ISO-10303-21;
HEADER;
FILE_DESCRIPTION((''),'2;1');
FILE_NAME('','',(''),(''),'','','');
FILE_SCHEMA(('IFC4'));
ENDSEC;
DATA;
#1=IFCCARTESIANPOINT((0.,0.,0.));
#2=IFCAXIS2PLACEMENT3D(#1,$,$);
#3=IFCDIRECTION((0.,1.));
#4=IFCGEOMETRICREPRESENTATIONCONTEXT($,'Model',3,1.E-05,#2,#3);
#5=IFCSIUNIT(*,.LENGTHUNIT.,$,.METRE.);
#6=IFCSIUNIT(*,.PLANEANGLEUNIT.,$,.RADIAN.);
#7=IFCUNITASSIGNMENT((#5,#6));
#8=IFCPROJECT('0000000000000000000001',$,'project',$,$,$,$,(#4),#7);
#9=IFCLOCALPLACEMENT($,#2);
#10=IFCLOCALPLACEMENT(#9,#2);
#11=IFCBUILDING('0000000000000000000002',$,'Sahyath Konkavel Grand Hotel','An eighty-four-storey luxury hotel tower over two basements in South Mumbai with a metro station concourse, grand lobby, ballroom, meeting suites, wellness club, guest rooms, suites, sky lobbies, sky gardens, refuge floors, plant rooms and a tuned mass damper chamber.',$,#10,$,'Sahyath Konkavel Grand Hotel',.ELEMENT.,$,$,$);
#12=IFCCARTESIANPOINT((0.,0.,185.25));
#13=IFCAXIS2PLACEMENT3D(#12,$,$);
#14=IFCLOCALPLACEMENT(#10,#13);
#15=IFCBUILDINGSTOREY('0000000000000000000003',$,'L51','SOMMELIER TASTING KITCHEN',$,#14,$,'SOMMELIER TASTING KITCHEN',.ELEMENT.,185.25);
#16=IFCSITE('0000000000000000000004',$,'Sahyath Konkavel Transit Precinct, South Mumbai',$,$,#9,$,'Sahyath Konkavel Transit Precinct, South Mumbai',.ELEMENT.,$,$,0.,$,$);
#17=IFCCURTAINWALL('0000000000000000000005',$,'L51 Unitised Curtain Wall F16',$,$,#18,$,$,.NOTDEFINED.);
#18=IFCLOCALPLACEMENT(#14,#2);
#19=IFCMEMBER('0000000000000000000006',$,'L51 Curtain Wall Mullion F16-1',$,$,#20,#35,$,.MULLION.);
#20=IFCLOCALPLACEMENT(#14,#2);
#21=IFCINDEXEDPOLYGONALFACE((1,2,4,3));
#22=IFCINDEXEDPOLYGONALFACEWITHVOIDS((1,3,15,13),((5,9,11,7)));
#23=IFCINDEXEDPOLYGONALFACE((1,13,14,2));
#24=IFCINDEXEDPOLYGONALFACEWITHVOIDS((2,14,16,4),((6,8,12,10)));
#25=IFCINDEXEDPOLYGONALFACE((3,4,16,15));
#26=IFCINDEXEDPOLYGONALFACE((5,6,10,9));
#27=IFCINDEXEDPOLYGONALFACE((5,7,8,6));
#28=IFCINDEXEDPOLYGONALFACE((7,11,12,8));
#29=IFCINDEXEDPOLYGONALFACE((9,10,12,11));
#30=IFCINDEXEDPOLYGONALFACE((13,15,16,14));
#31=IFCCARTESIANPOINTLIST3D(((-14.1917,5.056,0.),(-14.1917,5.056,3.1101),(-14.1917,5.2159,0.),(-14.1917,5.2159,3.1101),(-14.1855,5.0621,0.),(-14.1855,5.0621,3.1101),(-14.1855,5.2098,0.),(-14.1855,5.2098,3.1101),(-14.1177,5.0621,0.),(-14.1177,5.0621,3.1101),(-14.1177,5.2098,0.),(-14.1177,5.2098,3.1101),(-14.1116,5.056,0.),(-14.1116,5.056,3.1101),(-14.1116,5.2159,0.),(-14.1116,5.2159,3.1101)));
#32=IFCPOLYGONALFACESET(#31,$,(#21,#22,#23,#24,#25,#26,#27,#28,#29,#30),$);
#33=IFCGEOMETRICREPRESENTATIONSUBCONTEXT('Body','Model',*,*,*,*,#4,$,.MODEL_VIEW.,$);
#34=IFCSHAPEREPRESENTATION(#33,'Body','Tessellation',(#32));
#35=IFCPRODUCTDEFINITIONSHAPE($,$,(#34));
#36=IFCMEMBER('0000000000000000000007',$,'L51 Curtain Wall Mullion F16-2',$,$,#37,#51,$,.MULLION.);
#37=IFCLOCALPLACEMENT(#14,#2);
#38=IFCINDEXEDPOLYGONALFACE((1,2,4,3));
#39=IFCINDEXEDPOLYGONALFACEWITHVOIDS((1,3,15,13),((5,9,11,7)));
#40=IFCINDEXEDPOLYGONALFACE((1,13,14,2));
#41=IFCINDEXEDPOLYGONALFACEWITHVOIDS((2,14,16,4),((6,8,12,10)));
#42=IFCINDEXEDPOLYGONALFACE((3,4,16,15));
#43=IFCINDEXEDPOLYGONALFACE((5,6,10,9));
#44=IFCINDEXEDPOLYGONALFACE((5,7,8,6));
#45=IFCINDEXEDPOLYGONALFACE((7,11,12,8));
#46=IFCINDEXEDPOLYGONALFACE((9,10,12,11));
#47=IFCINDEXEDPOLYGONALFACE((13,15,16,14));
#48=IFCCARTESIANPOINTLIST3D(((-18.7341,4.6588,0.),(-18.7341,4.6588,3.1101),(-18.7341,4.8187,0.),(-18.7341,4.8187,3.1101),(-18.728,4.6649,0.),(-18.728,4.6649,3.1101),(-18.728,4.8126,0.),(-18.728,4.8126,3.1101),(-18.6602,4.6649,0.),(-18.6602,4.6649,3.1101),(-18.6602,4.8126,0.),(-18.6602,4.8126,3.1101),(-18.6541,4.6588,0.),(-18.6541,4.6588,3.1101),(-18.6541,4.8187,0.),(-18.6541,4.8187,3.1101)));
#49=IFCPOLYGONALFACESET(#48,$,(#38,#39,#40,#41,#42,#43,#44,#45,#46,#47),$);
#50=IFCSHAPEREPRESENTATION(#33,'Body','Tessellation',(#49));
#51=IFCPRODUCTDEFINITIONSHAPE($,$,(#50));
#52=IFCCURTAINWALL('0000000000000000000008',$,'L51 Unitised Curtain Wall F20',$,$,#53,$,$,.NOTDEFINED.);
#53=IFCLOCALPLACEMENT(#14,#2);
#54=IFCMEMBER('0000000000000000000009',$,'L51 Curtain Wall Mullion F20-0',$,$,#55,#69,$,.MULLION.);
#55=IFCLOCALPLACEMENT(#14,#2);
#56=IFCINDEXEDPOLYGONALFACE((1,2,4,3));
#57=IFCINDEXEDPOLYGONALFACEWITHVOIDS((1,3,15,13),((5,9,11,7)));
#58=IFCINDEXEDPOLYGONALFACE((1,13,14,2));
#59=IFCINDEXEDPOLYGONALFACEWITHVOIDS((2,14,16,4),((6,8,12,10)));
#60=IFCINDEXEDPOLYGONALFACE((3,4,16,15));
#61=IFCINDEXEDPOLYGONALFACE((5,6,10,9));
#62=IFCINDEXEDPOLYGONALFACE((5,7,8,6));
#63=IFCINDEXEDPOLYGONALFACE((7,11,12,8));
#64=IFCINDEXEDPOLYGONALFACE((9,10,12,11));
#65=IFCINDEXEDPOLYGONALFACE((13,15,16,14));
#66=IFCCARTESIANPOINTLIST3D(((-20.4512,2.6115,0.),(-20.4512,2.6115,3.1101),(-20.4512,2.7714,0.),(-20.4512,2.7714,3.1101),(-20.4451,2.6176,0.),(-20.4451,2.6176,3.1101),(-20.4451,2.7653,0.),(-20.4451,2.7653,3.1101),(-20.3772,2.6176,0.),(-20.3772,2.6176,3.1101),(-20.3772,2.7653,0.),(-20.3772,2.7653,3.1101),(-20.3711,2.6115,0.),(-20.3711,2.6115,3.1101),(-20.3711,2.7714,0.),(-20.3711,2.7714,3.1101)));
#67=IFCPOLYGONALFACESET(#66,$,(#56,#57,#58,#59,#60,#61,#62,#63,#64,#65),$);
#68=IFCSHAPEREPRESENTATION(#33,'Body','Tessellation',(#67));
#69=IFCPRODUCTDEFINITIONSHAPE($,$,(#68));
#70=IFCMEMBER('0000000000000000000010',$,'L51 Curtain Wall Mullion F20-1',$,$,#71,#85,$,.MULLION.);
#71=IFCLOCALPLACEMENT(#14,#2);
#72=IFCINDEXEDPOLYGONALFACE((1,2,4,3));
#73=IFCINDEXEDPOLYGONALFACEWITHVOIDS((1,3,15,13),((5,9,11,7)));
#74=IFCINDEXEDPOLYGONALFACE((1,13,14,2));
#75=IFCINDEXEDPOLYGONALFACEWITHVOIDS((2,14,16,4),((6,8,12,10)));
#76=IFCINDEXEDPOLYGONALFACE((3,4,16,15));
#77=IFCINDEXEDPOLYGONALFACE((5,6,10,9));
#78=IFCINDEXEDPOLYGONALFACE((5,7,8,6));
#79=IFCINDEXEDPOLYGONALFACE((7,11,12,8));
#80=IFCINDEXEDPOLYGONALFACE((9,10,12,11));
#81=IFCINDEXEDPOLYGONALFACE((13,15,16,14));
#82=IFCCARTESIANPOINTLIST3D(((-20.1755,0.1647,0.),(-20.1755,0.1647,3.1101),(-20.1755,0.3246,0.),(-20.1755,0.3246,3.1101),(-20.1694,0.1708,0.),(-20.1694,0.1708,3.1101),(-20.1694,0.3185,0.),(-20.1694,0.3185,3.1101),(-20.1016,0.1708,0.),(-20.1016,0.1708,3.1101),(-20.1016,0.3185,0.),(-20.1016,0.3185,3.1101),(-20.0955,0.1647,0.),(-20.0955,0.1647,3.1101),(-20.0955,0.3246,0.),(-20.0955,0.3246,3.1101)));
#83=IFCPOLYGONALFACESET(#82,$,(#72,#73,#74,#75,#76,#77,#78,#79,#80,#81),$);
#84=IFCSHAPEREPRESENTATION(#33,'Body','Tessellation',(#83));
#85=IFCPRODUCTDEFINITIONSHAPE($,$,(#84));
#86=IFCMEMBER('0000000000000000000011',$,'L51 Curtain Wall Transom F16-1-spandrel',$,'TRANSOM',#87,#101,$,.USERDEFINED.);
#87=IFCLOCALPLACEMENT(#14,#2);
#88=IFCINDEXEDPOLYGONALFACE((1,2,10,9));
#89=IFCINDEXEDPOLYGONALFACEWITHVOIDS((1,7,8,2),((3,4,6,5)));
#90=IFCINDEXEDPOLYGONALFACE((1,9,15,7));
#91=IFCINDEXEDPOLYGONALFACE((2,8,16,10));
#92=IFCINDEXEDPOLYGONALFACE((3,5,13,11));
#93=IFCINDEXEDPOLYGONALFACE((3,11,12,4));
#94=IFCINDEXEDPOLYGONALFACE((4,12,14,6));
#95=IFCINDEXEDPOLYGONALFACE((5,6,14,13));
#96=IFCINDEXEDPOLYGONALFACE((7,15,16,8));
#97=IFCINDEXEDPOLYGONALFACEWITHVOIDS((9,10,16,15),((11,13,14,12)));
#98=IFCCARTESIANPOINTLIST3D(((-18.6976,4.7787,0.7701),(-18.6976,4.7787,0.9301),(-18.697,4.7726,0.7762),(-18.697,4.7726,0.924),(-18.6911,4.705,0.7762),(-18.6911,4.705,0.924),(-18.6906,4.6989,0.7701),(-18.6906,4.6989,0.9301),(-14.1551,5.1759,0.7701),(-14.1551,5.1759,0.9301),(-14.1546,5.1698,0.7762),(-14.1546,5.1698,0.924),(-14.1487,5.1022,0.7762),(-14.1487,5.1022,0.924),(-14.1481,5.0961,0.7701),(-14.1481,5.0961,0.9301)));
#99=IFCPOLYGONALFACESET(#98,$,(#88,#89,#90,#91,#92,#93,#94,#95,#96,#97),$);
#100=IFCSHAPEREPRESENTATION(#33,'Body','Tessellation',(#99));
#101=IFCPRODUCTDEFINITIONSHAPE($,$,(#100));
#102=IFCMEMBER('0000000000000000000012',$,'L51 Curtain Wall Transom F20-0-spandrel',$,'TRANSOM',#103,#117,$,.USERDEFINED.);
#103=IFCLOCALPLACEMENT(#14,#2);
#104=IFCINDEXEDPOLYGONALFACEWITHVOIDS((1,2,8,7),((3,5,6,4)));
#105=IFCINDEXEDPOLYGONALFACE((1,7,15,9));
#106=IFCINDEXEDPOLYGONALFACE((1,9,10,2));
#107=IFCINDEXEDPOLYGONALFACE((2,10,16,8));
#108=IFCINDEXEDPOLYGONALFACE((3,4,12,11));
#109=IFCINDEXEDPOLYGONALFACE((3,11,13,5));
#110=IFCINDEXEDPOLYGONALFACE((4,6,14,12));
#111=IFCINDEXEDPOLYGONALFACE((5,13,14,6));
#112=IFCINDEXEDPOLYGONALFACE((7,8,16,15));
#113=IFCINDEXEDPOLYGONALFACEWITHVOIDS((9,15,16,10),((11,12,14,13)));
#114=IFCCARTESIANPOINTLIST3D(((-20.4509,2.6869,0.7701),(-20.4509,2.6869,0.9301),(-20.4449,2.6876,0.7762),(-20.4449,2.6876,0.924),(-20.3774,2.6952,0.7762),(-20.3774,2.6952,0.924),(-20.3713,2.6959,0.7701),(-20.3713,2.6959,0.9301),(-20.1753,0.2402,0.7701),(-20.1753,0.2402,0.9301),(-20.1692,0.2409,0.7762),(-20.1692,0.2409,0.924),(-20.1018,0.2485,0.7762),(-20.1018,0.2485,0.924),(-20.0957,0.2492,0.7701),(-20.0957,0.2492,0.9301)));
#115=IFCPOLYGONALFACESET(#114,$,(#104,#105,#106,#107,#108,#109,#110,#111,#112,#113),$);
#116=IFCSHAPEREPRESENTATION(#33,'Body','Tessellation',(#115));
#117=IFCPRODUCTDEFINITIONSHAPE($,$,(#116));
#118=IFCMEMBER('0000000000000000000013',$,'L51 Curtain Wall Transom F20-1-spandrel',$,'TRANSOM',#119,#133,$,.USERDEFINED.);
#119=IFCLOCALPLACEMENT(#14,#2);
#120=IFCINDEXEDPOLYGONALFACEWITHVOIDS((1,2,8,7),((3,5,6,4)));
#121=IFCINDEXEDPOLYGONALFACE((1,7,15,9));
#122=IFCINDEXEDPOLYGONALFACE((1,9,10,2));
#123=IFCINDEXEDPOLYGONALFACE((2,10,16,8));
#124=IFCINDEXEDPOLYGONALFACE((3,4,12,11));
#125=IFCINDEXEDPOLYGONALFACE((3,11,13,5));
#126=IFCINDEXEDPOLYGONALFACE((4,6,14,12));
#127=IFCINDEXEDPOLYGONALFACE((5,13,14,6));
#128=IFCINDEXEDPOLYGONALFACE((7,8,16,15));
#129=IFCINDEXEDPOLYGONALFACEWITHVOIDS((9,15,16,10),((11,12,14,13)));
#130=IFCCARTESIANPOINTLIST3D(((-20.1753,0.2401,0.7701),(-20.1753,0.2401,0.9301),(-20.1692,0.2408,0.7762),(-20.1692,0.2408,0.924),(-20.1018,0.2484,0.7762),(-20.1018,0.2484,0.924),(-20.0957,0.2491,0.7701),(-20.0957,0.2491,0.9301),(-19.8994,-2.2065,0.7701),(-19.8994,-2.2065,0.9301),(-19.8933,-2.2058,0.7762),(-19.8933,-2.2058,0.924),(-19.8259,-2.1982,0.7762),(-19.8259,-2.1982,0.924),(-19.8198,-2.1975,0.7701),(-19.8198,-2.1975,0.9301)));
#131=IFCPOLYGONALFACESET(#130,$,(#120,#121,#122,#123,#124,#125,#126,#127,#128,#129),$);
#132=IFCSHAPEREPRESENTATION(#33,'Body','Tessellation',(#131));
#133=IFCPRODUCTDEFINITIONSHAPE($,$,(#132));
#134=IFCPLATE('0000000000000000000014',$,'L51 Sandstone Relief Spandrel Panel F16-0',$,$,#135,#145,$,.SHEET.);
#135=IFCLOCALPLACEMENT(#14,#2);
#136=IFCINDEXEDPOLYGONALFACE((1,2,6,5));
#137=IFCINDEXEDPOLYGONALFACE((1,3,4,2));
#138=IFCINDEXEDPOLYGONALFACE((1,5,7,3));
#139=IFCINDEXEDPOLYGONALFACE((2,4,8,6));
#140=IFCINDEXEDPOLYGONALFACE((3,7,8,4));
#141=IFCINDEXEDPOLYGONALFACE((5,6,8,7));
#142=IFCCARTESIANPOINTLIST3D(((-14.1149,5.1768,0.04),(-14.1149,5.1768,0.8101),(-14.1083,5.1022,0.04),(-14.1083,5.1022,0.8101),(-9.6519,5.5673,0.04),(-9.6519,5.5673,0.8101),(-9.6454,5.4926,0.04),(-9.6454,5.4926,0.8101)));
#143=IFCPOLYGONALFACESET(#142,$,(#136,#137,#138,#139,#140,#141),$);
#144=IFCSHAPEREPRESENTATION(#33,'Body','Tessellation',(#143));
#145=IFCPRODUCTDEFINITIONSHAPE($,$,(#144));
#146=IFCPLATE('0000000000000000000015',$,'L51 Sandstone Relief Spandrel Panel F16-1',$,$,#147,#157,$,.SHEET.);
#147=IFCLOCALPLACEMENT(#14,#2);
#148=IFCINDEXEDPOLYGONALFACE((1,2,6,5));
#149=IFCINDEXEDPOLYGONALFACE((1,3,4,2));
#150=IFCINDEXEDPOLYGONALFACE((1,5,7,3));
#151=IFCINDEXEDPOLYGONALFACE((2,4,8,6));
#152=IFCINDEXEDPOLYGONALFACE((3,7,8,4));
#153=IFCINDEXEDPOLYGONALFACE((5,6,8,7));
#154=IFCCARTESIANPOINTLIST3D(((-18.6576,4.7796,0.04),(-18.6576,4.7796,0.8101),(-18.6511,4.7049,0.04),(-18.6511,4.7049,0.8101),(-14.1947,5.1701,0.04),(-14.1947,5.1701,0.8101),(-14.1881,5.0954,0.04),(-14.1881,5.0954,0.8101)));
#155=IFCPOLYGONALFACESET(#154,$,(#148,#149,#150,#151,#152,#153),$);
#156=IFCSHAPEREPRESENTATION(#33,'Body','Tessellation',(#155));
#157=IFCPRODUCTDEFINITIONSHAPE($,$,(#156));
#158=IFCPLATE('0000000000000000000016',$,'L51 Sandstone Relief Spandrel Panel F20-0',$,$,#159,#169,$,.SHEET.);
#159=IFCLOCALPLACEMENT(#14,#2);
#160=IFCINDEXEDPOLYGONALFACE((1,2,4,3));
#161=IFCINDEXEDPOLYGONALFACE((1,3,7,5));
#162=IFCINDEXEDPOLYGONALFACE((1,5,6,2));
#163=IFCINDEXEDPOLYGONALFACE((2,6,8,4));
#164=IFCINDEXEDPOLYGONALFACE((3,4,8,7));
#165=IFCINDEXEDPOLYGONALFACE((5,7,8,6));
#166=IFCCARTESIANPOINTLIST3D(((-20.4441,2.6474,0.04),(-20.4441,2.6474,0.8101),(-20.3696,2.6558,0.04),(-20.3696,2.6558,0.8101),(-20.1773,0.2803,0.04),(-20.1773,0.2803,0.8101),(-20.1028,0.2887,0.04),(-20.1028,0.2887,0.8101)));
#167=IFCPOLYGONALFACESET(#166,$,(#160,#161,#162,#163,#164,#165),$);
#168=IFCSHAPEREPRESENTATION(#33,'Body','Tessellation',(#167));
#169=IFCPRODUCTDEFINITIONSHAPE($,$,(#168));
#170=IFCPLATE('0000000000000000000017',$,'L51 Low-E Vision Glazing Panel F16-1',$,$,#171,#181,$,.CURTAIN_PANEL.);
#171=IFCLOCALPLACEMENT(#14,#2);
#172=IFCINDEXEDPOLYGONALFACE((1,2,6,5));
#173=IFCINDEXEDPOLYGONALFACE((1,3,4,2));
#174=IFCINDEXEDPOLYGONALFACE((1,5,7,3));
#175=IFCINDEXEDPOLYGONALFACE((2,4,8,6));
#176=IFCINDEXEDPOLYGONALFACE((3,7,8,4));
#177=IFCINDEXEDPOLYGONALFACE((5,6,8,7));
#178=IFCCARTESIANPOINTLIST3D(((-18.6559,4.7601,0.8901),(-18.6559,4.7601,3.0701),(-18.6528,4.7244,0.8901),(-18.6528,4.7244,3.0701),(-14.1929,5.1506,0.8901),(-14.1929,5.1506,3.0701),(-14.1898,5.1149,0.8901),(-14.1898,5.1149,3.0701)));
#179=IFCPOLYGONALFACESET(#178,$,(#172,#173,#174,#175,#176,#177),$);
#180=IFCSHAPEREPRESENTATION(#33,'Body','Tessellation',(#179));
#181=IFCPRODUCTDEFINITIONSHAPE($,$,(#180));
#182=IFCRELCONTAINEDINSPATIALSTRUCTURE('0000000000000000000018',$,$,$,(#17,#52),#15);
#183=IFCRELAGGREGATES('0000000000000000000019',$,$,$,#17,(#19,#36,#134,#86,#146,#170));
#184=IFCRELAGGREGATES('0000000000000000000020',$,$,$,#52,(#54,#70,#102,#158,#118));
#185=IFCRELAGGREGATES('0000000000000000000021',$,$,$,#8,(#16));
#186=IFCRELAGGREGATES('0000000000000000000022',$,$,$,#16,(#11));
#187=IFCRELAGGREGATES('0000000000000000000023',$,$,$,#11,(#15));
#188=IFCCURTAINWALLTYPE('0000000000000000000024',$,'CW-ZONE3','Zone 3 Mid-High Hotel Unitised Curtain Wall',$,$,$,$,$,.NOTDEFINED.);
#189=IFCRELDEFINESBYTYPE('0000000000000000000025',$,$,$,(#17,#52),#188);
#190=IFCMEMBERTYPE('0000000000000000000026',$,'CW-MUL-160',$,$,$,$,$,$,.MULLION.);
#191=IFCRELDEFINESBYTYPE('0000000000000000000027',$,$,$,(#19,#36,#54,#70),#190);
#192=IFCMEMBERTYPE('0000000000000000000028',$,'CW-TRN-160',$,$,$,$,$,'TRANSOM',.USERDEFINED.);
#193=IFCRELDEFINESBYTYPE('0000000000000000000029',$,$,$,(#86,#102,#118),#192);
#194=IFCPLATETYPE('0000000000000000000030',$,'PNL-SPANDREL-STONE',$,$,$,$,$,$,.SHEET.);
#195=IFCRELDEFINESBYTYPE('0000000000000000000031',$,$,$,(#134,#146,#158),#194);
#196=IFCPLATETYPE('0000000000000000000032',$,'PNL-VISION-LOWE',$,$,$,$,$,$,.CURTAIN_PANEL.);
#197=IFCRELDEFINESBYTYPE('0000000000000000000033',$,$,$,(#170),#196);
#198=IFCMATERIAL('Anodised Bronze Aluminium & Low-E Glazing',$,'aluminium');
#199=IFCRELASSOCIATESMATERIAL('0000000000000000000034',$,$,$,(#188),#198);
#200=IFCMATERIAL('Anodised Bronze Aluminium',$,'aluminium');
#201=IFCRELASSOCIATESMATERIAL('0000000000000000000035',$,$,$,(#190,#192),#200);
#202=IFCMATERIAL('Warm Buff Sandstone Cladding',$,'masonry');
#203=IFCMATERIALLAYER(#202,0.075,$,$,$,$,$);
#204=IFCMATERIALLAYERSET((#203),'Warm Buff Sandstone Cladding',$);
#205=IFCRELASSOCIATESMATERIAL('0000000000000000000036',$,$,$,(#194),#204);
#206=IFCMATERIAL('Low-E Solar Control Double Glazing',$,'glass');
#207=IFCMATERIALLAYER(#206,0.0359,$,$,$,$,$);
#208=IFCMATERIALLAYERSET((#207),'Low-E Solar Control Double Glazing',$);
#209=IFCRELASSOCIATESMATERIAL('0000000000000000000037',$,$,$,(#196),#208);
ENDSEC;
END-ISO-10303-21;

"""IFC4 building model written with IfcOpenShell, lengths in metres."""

from ifc_helpers import new_model, si_unit, direction, frame, origin, origin_2d, place, context, subcontext, project, spatial, rectangle, hollow_rectangle, extrude, source, transform, mapped, material, layer, layer_set, material_profile, profile_set, type_object, element, aggregate, save


model = new_model("IFC4")

# Units and contexts
model_context = context("Model", 3, precision=1e-05, world=origin(), true_north=direction((0.0, 1.0)))
body_context = subcontext(model_context, "Body", "Model", "MODEL_VIEW")
ifc_project = project(units=[si_unit("LENGTHUNIT", "METRE"), si_unit("PLANEANGLEUNIT", "RADIAN")], contexts=[model_context])

# Site, building, storey
site_placement = place(None, origin())
site = spatial("IfcSite", under=ifc_project, at=site_placement, Name="Sahyath Konkavel Transit Precinct, South Mumbai", LongName="Sahyath Konkavel Transit Precinct, South Mumbai", CompositionType="ELEMENT", RefElevation=0.0)
building_placement = place(site_placement, origin())
building = spatial("IfcBuilding", under=site, at=building_placement, Name="Sahyath Konkavel Grand Hotel", Description="An eighty-four-storey luxury hotel tower over two basements in South Mumbai with a metro station concourse, grand lobby, ballroom, meeting suites, wellness club, guest rooms, suites, sky lobbies, sky gardens, refuge floors, plant rooms and a tuned mass damper chamber.", LongName="Sahyath Konkavel Grand Hotel", CompositionType="ELEMENT")
storey_placement = place(building_placement, frame((0.0, 0.0, 185.25)))
storey = spatial("IfcBuildingStorey", under=building, at=storey_placement, Name="L51", Description="SOMMELIER TASTING KITCHEN", LongName="SOMMELIER TASTING KITCHEN", CompositionType="ELEMENT", Elevation=185.25)

# Curtain walls, members
ifc_material_1 = material(Name="Anodised Bronze Aluminium & Low-E Glazing", Category="aluminium")
curtain_wall_type = type_object("IfcCurtainWallType", Name="CW-ZONE3", Description="Zone 3 Mid-High Hotel Unitised Curtain Wall", PredefinedType="NOTDEFINED", material=ifc_material_1)
curtain_wall_1_placement = place(storey_placement, origin())
curtain_wall_1 = element("IfcCurtainWall", 1, at=curtain_wall_1_placement, inside=storey, type_object=curtain_wall_type, Name="L51 Unitised Curtain Wall F16", PredefinedType="NOTDEFINED")
ifc_material_2 = material(Name="Anodised Bronze Aluminium", Category="aluminium")
ifc_material_profile_1 = material_profile(ifc_material_2, hollow_rectangle(XDim=0.0801, YDim=0.1599, WallThickness=0.0061, at=origin_2d()), Name="RHS 160x80x6")
ifc_profile_set_1 = profile_set([ifc_material_profile_1], Name="Anodised Bronze Aluminium")
member_type_1 = type_object("IfcMemberType", Name="CW-MUL-160", PredefinedType="MULLION", material=ifc_profile_set_1)
shared_shape_1 = source(origin(), body_context, "Body", "SweptSolid", [
    extrude(hollow_rectangle(XDim=0.0801, YDim=0.1599, WallThickness=0.0061, at=origin_2d()), origin(), (0.0, 0.0, 1.0), 3.1101),
])
member_1_placement = place(storey_placement, frame((-14.1516, 5.136, 0.0), z_axis=(0.0, 0.0, 1.0), x_axis=(1.0, 0.0, 0.0)))
member_1 = element("IfcMember", 2, at=member_1_placement, type_object=member_type_1, Name="L51 Curtain Wall Mullion F16-1", PredefinedType="MULLION", context=body_context, shape_type="MappedRepresentation", body=[
    mapped(shared_shape_1, transform((0.0, 0.0, 0.0), scale=1.0)),
])
member_2_placement = place(storey_placement, frame((-18.6941, 4.7388, 0.0), z_axis=(0.0, 0.0, 1.0), x_axis=(1.0, 0.0, 0.0)))
member_2 = element("IfcMember", 3, at=member_2_placement, type_object=member_type_1, Name="L51 Curtain Wall Mullion F16-2", PredefinedType="MULLION", context=body_context, shape_type="MappedRepresentation", body=[
    mapped(shared_shape_1, transform((0.0, 0.0, 0.0), scale=1.0)),
])
curtain_wall_2_placement = place(storey_placement, origin())
curtain_wall_2 = element("IfcCurtainWall", 4, at=curtain_wall_2_placement, inside=storey, type_object=curtain_wall_type, Name="L51 Unitised Curtain Wall F20", PredefinedType="NOTDEFINED")
member_3_placement = place(storey_placement, frame((-20.4111, 2.6914, 0.0), z_axis=(0.0, 0.0, 1.0), x_axis=(1.0, 0.0, 0.0)))
member_3 = element("IfcMember", 5, at=member_3_placement, type_object=member_type_1, Name="L51 Curtain Wall Mullion F20-0", PredefinedType="MULLION", context=body_context, shape_type="MappedRepresentation", body=[
    mapped(shared_shape_1, transform((0.0, 0.0, 0.0), scale=1.0)),
])
member_4_placement = place(storey_placement, frame((-20.1355, 0.2446, 0.0), z_axis=(0.0, 0.0, 1.0), x_axis=(1.0, 0.0, 0.0)))
member_4 = element("IfcMember", 6, at=member_4_placement, type_object=member_type_1, Name="L51 Curtain Wall Mullion F20-1", PredefinedType="MULLION", context=body_context, shape_type="MappedRepresentation", body=[
    mapped(shared_shape_1, transform((0.0, 0.0, 0.0), scale=1.0)),
])

# Members
ifc_material_profile_2 = material_profile(ifc_material_2, hollow_rectangle(XDim=0.0801, YDim=0.1599, WallThickness=0.0061, at=origin_2d()), Name="RHS 160x80x6")
ifc_profile_set_2 = profile_set([ifc_material_profile_2], Name="Anodised Bronze Aluminium")
member_type_2 = type_object("IfcMemberType", Name="CW-TRN-160", ElementType="TRANSOM", PredefinedType="USERDEFINED", material=ifc_profile_set_2)
shared_shape_2 = source(origin(), body_context, "Body", "SweptSolid", [
    extrude(hollow_rectangle(XDim=0.0801, YDim=0.1599, WallThickness=0.0061, at=origin_2d()), origin(), (0.0, 0.0, 1.0), 4.5598),
])
member_5_placement = place(storey_placement, frame((-14.1516, 5.136, 0.8501), z_axis=(-0.996198, -0.087112, 0.0), x_axis=(0.087112, -0.996198, 0.0)))
member_5 = element("IfcMember", 7, at=member_5_placement, type_object=member_type_2, Name="L51 Curtain Wall Transom F16-1-spandrel", ObjectType="TRANSOM", PredefinedType="USERDEFINED", context=body_context, shape_type="MappedRepresentation", body=[
    mapped(shared_shape_2, transform((0.0, 0.0, 0.0), scale=1.0)),
])
shared_shape_3 = source(origin(), body_context, "Body", "SweptSolid", [
    extrude(hollow_rectangle(XDim=0.0801, YDim=0.1599, WallThickness=0.0061, at=origin_2d()), origin(), (0.0, 0.0, 1.0), 2.4622),
])
member_6_placement = place(storey_placement, frame((-20.4111, 2.6914, 0.8501), z_axis=(0.111944, -0.993715, 0.0), x_axis=(0.993715, 0.111944, 0.0)))
member_6 = element("IfcMember", 8, at=member_6_placement, type_object=member_type_2, Name="L51 Curtain Wall Transom F20-0-spandrel", ObjectType="TRANSOM", PredefinedType="USERDEFINED", context=body_context, shape_type="MappedRepresentation", body=[
    mapped(shared_shape_3, transform((0.0, 0.0, 0.0), scale=1.0)),
])
member_7_placement = place(storey_placement, frame((-20.1355, 0.2446, 0.8501), z_axis=(0.112053, -0.993702, 0.0), x_axis=(0.993702, 0.112053, 0.0)))
member_7 = element("IfcMember", 9, at=member_7_placement, type_object=member_type_2, Name="L51 Curtain Wall Transom F20-1-spandrel", ObjectType="TRANSOM", PredefinedType="USERDEFINED", context=body_context, shape_type="MappedRepresentation", body=[
    mapped(shared_shape_3, transform((0.0, 0.0, 0.0), scale=1.0)),
])

# Plates
ifc_material_3 = material(Name="Warm Buff Sandstone Cladding", Category="masonry")
ifc_layer_1 = layer(ifc_material_3, 0.075)
ifc_layer_set_1 = layer_set([ifc_layer_1], Name="Warm Buff Sandstone Cladding")
plate_type_1 = type_object("IfcPlateType", Name="PNL-SPANDREL-STONE", PredefinedType="SHEET", material=ifc_layer_set_1)
shared_shape_4 = source(origin(), body_context, "Body", "SweptSolid", [
    extrude(rectangle(XDim=4.48, YDim=0.075, at=origin_2d()), origin(), (0.0, 0.0, 1.0), 0.77),
])
plate_1_placement = place(storey_placement, frame((-11.8801, 5.3347, 0.04), z_axis=(0.0, 0.0, 1.0), x_axis=(-0.996195, -0.087156, 0.0)))
plate_1 = element("IfcPlate", 10, at=plate_1_placement, type_object=plate_type_1, Name="L51 Sandstone Relief Spandrel Panel F16-0", PredefinedType="SHEET", context=body_context, shape_type="MappedRepresentation", body=[
    mapped(shared_shape_4, transform((0.0, 0.0, 0.0), scale=1.0)),
])
plate_2_placement = place(storey_placement, frame((-16.4229, 4.9375, 0.04), z_axis=(0.0, 0.0, 1.0), x_axis=(-0.996195, -0.087156, 0.0)))
plate_2 = element("IfcPlate", 11, at=plate_2_placement, type_object=plate_type_1, Name="L51 Sandstone Relief Spandrel Panel F16-1", PredefinedType="SHEET", context=body_context, shape_type="MappedRepresentation", body=[
    mapped(shared_shape_4, transform((0.0, 0.0, 0.0), scale=1.0)),
])
shared_shape_5 = source(origin(), body_context, "Body", "SweptSolid", [
    extrude(rectangle(XDim=2.3821, YDim=0.075, at=origin_2d()), origin(), (0.0, 0.0, 1.0), 0.77),
])
plate_3_placement = place(storey_placement, frame((-20.2734, 1.468, 0.04), z_axis=(0.0, 0.0, 1.0), x_axis=(0.111989, -0.993709, 0.0)))
plate_3 = element("IfcPlate", 12, at=plate_3_placement, type_object=plate_type_1, Name="L51 Sandstone Relief Spandrel Panel F20-0", PredefinedType="SHEET", context=body_context, shape_type="MappedRepresentation", body=[
    mapped(shared_shape_5, transform((0.0, 0.0, 0.0), scale=1.0)),
])
ifc_material_4 = material(Name="Low-E Solar Control Double Glazing", Category="glass")
ifc_layer_2 = layer(ifc_material_4, 0.0359)
ifc_layer_set_2 = layer_set([ifc_layer_2], Name="Low-E Solar Control Double Glazing")
plate_type_2 = type_object("IfcPlateType", Name="PNL-VISION-LOWE", PredefinedType="CURTAIN_PANEL", material=ifc_layer_set_2)
shared_shape_6 = source(origin(), body_context, "Body", "SweptSolid", [
    extrude(rectangle(XDim=4.48, YDim=0.0359, at=origin_2d()), origin(), (0.0, 0.0, 1.0), 2.1799),
])
plate_4_placement = place(storey_placement, frame((-16.4229, 4.9375, 0.8901), z_axis=(0.0, 0.0, 1.0), x_axis=(-0.996195, -0.087156, 0.0)))
plate_4 = element("IfcPlate", 13, at=plate_4_placement, type_object=plate_type_2, Name="L51 Low-E Vision Glazing Panel F16-1", PredefinedType="CURTAIN_PANEL", context=body_context, shape_type="MappedRepresentation", body=[
    mapped(shared_shape_6, transform((0.0, 0.0, 0.0), scale=1.0)),
])
aggregate(curtain_wall_1, [member_1, member_2, plate_1, member_5, plate_2, plate_4])
aggregate(curtain_wall_2, [member_3, member_4, member_6, plate_3, member_7])

save(model, "model.ifc")
